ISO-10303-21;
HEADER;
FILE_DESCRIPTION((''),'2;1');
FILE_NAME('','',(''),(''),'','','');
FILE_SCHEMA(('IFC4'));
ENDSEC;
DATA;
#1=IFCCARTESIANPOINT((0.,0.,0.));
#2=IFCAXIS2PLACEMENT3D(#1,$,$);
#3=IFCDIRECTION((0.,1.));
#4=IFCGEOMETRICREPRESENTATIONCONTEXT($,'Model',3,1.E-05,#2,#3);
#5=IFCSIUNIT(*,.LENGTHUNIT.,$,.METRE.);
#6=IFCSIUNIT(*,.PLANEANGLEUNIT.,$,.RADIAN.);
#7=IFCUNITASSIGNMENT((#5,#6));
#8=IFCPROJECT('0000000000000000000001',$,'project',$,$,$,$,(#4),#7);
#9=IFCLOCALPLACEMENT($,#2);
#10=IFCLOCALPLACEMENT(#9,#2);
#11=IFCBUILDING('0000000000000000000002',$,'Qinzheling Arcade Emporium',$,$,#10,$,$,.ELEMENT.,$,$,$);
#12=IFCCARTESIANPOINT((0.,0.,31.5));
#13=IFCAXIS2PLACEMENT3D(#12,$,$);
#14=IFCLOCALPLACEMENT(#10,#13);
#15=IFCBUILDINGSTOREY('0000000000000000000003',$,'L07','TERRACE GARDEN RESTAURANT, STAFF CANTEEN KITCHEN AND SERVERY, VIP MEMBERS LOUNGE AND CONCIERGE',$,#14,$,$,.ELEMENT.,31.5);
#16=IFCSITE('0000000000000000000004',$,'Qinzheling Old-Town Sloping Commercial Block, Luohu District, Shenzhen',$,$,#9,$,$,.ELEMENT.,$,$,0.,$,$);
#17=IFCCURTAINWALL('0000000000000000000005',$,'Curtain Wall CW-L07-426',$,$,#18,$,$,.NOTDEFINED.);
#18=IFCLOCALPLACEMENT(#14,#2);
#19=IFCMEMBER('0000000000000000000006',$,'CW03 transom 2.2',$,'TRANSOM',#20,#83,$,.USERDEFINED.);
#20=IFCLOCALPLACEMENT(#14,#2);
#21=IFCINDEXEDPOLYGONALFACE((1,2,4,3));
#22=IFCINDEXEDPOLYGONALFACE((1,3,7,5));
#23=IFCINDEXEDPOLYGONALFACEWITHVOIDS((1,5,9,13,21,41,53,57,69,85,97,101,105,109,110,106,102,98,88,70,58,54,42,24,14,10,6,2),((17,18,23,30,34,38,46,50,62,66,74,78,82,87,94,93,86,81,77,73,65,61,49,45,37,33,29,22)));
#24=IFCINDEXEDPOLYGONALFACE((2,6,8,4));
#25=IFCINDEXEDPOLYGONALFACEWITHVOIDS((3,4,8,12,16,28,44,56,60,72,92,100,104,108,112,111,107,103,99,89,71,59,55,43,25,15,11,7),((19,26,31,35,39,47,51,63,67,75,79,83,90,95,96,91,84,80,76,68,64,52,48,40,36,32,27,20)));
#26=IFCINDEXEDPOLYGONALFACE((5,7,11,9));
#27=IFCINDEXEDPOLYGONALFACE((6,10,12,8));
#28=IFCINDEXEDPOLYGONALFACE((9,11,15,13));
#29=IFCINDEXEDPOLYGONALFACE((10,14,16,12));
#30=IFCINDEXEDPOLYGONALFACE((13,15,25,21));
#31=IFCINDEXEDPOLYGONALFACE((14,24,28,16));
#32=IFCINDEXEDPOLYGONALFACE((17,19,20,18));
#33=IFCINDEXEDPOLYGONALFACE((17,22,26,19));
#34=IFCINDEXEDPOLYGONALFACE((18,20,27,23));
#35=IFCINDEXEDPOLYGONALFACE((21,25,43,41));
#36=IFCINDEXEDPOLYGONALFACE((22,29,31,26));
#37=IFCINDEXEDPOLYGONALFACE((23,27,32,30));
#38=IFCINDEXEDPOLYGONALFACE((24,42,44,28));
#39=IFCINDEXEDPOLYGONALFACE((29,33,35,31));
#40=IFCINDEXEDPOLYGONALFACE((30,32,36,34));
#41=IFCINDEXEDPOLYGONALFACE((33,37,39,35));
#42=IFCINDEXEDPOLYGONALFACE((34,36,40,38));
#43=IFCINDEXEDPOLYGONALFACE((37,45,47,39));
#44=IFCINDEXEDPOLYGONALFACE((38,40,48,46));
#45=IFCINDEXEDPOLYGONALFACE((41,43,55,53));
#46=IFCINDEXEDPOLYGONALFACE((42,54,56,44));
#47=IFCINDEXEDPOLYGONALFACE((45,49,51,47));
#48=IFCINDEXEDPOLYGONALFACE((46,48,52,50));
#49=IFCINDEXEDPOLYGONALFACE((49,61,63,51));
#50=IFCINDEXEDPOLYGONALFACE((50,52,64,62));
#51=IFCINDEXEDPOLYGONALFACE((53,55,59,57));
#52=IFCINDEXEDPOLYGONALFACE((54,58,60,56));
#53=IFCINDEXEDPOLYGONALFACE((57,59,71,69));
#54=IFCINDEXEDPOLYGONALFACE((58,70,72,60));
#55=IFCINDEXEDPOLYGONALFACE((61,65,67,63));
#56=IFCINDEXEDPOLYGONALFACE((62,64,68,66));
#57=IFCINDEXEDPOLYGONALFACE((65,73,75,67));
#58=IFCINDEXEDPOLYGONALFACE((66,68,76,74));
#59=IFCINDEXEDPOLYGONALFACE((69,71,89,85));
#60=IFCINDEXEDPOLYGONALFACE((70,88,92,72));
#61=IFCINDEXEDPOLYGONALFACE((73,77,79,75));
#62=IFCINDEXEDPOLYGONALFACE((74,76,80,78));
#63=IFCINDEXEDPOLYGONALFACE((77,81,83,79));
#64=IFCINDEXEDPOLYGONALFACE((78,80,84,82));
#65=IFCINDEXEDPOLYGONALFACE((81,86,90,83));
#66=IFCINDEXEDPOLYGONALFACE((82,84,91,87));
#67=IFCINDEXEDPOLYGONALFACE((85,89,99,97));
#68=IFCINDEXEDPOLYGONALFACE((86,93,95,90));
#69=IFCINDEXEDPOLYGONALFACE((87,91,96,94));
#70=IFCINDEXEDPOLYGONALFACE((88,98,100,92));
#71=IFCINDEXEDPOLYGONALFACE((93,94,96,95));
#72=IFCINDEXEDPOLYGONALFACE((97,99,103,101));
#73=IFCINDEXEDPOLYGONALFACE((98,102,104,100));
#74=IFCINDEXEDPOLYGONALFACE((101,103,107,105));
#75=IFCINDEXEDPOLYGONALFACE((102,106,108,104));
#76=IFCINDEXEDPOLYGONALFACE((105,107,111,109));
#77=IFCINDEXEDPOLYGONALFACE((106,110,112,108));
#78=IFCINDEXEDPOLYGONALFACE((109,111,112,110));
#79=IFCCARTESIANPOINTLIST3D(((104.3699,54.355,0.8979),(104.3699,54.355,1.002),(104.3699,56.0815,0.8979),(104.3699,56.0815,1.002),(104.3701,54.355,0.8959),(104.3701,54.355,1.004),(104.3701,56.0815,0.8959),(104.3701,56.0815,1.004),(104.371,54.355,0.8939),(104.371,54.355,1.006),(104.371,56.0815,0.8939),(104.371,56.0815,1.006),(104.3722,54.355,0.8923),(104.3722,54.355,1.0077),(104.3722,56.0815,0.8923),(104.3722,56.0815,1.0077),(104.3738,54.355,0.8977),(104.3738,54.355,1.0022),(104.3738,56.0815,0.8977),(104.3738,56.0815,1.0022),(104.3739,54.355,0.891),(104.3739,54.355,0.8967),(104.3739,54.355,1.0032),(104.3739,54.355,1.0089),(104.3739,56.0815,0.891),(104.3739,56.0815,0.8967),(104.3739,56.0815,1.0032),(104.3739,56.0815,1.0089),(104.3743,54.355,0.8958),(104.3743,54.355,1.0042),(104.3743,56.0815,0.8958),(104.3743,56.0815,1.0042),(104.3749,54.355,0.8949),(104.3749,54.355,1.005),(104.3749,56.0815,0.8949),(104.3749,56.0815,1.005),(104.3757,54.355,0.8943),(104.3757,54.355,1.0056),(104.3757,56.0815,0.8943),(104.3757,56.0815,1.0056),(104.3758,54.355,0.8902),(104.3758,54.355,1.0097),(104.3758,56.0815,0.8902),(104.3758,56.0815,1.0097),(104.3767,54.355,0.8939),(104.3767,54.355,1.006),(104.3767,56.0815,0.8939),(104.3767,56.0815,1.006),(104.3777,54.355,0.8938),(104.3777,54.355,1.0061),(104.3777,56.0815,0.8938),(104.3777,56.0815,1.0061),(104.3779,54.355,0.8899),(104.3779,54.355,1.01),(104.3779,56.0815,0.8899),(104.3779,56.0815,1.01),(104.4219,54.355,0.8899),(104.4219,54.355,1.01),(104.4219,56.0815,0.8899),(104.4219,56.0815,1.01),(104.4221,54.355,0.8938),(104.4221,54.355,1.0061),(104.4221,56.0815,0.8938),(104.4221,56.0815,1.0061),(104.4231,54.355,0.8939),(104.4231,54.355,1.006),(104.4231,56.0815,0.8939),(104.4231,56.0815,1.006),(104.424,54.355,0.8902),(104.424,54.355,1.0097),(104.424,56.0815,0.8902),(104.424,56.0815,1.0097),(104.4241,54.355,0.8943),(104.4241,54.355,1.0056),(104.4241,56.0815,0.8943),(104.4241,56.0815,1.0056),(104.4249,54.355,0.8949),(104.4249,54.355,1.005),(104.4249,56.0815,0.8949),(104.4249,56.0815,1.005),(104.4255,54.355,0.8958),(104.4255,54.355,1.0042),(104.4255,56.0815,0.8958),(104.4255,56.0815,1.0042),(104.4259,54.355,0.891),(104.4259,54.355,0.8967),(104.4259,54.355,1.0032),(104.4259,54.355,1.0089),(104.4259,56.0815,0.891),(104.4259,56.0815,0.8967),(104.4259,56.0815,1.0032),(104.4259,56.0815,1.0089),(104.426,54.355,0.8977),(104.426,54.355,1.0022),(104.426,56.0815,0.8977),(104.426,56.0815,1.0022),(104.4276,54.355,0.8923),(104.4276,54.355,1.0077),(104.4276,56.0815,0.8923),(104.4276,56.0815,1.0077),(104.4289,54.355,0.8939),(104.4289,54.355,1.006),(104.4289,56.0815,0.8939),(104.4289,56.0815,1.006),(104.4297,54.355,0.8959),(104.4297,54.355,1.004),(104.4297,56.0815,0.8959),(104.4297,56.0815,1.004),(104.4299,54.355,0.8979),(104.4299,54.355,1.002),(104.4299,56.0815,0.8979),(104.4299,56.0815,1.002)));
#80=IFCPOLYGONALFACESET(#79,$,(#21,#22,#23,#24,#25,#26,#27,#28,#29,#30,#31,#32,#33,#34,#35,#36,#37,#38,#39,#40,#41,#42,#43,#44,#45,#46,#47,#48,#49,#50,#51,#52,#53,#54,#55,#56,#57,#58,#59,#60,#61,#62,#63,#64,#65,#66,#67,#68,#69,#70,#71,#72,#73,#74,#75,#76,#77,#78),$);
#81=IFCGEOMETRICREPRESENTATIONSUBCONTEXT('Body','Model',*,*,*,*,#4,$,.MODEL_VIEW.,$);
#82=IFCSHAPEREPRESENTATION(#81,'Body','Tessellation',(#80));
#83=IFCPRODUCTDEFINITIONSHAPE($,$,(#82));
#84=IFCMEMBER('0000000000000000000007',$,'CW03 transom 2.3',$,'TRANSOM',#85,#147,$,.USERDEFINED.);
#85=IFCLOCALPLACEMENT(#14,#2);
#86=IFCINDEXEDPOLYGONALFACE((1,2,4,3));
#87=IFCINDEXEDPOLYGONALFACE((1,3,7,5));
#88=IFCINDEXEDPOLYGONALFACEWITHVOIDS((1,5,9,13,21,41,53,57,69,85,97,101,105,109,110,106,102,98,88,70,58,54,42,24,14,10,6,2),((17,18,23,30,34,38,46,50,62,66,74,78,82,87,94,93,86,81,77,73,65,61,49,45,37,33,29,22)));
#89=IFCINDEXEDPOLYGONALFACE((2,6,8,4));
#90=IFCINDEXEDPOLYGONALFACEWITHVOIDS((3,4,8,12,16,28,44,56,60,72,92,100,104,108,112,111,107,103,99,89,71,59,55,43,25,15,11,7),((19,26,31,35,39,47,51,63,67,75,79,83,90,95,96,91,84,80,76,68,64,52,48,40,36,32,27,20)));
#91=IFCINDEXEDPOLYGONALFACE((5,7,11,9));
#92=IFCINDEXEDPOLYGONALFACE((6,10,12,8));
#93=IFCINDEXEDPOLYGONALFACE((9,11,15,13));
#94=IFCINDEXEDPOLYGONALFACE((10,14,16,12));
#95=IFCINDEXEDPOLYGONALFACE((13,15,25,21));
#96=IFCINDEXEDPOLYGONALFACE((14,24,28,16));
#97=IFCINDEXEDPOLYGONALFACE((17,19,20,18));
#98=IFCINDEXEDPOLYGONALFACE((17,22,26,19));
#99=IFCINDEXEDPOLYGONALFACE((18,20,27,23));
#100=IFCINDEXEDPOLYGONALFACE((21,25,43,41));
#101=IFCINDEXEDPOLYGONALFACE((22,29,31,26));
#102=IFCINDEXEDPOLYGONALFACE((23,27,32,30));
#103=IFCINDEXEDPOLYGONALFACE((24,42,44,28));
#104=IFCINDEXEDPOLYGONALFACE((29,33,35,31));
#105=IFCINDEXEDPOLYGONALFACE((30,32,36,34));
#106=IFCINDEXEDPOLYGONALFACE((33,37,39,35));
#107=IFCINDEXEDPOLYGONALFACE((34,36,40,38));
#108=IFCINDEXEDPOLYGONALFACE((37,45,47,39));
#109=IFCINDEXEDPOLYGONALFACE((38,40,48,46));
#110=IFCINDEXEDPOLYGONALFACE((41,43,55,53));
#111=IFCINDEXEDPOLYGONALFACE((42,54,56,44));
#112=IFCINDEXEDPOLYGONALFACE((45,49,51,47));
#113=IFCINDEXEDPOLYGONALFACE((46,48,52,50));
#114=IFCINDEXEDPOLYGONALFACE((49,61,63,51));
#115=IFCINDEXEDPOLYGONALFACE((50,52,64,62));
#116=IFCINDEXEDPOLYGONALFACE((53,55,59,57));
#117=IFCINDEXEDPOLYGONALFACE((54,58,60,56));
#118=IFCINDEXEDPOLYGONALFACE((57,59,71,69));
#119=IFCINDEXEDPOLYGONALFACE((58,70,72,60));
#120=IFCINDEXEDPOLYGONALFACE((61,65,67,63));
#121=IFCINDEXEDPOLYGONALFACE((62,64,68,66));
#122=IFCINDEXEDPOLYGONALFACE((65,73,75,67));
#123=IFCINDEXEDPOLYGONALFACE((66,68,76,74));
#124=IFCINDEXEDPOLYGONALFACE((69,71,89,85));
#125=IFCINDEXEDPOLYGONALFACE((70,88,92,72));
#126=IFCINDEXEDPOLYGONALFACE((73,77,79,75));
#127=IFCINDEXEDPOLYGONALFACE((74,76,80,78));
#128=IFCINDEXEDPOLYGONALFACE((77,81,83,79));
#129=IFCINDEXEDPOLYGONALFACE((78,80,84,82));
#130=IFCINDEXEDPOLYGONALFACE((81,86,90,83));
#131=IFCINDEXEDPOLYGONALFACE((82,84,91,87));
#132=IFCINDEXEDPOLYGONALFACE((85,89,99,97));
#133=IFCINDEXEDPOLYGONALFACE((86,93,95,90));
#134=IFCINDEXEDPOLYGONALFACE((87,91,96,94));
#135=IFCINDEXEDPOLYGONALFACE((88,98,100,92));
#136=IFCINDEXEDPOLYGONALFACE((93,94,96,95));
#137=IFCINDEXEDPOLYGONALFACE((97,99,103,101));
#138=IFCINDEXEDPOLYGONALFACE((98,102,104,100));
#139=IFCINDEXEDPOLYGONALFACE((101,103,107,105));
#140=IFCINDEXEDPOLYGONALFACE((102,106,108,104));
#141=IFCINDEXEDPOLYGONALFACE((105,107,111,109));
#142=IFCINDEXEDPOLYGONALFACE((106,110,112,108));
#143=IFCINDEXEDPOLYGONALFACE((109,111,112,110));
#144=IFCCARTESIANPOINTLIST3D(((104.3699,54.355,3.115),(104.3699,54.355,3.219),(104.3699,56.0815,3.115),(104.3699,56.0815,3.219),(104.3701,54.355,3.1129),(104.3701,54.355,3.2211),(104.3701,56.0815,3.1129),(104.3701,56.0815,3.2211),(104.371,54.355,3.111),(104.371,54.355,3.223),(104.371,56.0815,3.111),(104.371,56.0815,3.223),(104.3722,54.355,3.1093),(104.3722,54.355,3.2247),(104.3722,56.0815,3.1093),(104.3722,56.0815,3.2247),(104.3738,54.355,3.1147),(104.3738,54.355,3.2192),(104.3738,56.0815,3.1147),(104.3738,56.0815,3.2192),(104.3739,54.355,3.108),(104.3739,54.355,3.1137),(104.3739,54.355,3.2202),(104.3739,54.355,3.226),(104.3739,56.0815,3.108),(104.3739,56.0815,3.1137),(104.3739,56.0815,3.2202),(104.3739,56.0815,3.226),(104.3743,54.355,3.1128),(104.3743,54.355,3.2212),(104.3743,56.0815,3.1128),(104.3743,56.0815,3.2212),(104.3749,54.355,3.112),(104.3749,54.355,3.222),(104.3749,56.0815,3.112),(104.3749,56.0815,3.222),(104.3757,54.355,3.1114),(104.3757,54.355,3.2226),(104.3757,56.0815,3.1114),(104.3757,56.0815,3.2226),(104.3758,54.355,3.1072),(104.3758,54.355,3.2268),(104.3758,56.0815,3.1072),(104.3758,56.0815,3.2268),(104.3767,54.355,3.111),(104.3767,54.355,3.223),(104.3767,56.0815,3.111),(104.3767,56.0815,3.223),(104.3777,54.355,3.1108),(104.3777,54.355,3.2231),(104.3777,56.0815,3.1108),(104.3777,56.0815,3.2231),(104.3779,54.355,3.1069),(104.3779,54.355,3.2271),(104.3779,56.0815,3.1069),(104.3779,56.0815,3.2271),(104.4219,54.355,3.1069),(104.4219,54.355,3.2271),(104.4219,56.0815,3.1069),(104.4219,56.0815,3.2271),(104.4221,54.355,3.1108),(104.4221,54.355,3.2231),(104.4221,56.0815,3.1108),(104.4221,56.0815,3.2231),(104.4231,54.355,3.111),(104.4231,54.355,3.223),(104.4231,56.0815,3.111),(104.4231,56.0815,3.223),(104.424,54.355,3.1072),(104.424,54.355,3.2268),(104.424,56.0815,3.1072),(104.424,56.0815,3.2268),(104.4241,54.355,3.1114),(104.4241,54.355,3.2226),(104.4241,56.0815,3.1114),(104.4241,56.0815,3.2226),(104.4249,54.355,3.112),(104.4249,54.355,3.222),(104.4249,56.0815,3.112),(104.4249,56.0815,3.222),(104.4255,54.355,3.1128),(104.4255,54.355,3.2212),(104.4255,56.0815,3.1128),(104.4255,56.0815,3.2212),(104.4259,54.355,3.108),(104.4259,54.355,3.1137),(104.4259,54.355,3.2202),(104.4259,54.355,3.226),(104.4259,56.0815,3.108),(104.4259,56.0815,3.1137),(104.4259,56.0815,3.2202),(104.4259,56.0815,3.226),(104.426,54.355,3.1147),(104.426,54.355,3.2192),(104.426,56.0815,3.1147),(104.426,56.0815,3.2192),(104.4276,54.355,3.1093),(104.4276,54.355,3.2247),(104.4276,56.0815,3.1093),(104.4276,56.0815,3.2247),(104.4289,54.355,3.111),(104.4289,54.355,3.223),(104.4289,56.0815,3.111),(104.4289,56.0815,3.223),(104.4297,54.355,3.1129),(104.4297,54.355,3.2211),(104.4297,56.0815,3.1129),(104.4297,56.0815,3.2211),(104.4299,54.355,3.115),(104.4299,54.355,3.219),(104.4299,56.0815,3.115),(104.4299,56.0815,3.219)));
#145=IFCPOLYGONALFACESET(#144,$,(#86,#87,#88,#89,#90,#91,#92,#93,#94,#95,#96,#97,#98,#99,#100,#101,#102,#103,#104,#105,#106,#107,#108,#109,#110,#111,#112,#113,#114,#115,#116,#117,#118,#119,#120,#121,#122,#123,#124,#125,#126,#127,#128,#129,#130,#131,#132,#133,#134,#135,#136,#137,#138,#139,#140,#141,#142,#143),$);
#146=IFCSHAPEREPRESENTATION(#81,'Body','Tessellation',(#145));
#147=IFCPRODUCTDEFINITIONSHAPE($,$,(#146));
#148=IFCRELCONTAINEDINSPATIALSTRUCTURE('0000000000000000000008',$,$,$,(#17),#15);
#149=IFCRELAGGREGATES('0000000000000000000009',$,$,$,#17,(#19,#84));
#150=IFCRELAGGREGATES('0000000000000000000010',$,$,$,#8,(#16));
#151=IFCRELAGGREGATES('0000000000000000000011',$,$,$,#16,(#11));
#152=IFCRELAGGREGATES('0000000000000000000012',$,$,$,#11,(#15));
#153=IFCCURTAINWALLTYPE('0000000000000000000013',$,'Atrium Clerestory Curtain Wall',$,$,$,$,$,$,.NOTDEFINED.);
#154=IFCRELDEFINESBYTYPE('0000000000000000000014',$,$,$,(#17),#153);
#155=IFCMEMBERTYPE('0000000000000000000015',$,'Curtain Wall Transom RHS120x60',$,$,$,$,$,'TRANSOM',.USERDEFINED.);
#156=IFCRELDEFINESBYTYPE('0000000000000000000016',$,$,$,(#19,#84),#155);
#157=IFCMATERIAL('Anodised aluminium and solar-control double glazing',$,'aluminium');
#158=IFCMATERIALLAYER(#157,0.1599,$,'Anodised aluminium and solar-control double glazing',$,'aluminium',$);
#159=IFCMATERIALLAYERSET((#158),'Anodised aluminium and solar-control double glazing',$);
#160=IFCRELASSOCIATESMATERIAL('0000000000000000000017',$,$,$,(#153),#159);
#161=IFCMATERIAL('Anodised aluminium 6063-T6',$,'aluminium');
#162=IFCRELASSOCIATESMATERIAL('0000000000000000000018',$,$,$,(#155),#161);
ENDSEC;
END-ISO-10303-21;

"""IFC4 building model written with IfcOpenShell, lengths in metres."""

from ifc_helpers import new_model, si_unit, direction, frame, origin, origin_2d, place, context, subcontext, project, spatial, hollow_rectangle, extrude, material, layer, layer_set, material_profile, profile_set, type_object, element, aggregate, save


model = new_model("IFC4")

# Units and contexts
model_context = context("Model", 3, precision=1e-05, world=origin(), true_north=direction((0.0, 1.0)))
body_context = subcontext(model_context, "Body", "Model", "MODEL_VIEW")
ifc_project = project(units=[si_unit("LENGTHUNIT", "METRE"), si_unit("PLANEANGLEUNIT", "RADIAN")], contexts=[model_context])

# Site, building, storey
site_placement = place(None, origin())
site = spatial("IfcSite", under=ifc_project, at=site_placement, Name="Qinzheling Old-Town Sloping Commercial Block, Luohu District, Shenzhen", CompositionType="ELEMENT", RefElevation=0.0)
building_placement = place(site_placement, origin())
building = spatial("IfcBuilding", under=site, at=building_placement, Name="Qinzheling Arcade Emporium", CompositionType="ELEMENT")
storey_placement = place(building_placement, frame((0.0, 0.0, 31.5)))
storey = spatial("IfcBuildingStorey", under=building, at=storey_placement, Name="L07", Description="TERRACE GARDEN RESTAURANT, STAFF CANTEEN KITCHEN AND SERVERY, VIP MEMBERS LOUNGE AND CONCIERGE", CompositionType="ELEMENT", Elevation=31.5)

# Curtain wall, members
ifc_material_1 = material(Name="Anodised aluminium and solar-control double glazing", Category="aluminium")
ifc_layer_1 = layer(ifc_material_1, 0.1599, Name="Anodised aluminium and solar-control double glazing", Category="aluminium")
ifc_layer_set_1 = layer_set([ifc_layer_1], Name="Anodised aluminium and solar-control double glazing")
curtain_wall_type = type_object("IfcCurtainWallType", Name="Atrium Clerestory Curtain Wall", PredefinedType="NOTDEFINED", material=ifc_layer_set_1)
curtain_wall_placement = place(storey_placement, origin())
curtain_wall = element("IfcCurtainWall", 1, at=curtain_wall_placement, inside=storey, type_object=curtain_wall_type, Name="Curtain Wall CW-L07-426", PredefinedType="NOTDEFINED")
ifc_material_2 = material(Name="Anodised aluminium 6063-T6", Category="aluminium")
ifc_material_profile_1 = material_profile(ifc_material_2, hollow_rectangle(XDim=0.0601, YDim=0.1201, WallThickness=0.0039, InnerFilletRadius=0.0039, OuterFilletRadius=0.0081, at=origin_2d()), Name="RHS 120x60x4", Category="aluminium")
ifc_profile_set_1 = profile_set([ifc_material_profile_1], Name="Anodised aluminium 6063-T6")
member_type_1 = type_object("IfcMemberType", Name="Curtain Wall Transom RHS120x60", ElementType="TRANSOM", PredefinedType="USERDEFINED", material=ifc_profile_set_1)
member_1_placement = place(storey_placement, frame((104.3999, 56.0815, 0.95), z_axis=(0.0, -1.0, 0.0), x_axis=(1.0, 0.0, 0.0)))
member_1 = element("IfcMember", 2, at=member_1_placement, type_object=member_type_1, Name="CW03 transom 2.2", ObjectType="TRANSOM", PredefinedType="USERDEFINED", context=body_context, shape_type="SweptSolid", body=[
    extrude(hollow_rectangle(XDim=0.0601, YDim=0.1201, WallThickness=0.0039, InnerFilletRadius=0.0039, OuterFilletRadius=0.0081, at=origin_2d()), origin(), (0.0, 0.0, 1.0), 1.7266),
])
member_2_placement = place(storey_placement, frame((104.3999, 56.0815, 3.167), z_axis=(0.0, -1.0, 0.0), x_axis=(1.0, 0.0, 0.0)))
member_2 = element("IfcMember", 3, at=member_2_placement, type_object=member_type_1, Name="CW03 transom 2.3", ObjectType="TRANSOM", PredefinedType="USERDEFINED", context=body_context, shape_type="SweptSolid", body=[
    extrude(hollow_rectangle(XDim=0.0601, YDim=0.1201, WallThickness=0.0039, InnerFilletRadius=0.0039, OuterFilletRadius=0.0081, at=origin_2d()), origin(), (0.0, 0.0, 1.0), 1.7266),
])
aggregate(curtain_wall, [member_1, member_2])

save(model, "model.ifc")
